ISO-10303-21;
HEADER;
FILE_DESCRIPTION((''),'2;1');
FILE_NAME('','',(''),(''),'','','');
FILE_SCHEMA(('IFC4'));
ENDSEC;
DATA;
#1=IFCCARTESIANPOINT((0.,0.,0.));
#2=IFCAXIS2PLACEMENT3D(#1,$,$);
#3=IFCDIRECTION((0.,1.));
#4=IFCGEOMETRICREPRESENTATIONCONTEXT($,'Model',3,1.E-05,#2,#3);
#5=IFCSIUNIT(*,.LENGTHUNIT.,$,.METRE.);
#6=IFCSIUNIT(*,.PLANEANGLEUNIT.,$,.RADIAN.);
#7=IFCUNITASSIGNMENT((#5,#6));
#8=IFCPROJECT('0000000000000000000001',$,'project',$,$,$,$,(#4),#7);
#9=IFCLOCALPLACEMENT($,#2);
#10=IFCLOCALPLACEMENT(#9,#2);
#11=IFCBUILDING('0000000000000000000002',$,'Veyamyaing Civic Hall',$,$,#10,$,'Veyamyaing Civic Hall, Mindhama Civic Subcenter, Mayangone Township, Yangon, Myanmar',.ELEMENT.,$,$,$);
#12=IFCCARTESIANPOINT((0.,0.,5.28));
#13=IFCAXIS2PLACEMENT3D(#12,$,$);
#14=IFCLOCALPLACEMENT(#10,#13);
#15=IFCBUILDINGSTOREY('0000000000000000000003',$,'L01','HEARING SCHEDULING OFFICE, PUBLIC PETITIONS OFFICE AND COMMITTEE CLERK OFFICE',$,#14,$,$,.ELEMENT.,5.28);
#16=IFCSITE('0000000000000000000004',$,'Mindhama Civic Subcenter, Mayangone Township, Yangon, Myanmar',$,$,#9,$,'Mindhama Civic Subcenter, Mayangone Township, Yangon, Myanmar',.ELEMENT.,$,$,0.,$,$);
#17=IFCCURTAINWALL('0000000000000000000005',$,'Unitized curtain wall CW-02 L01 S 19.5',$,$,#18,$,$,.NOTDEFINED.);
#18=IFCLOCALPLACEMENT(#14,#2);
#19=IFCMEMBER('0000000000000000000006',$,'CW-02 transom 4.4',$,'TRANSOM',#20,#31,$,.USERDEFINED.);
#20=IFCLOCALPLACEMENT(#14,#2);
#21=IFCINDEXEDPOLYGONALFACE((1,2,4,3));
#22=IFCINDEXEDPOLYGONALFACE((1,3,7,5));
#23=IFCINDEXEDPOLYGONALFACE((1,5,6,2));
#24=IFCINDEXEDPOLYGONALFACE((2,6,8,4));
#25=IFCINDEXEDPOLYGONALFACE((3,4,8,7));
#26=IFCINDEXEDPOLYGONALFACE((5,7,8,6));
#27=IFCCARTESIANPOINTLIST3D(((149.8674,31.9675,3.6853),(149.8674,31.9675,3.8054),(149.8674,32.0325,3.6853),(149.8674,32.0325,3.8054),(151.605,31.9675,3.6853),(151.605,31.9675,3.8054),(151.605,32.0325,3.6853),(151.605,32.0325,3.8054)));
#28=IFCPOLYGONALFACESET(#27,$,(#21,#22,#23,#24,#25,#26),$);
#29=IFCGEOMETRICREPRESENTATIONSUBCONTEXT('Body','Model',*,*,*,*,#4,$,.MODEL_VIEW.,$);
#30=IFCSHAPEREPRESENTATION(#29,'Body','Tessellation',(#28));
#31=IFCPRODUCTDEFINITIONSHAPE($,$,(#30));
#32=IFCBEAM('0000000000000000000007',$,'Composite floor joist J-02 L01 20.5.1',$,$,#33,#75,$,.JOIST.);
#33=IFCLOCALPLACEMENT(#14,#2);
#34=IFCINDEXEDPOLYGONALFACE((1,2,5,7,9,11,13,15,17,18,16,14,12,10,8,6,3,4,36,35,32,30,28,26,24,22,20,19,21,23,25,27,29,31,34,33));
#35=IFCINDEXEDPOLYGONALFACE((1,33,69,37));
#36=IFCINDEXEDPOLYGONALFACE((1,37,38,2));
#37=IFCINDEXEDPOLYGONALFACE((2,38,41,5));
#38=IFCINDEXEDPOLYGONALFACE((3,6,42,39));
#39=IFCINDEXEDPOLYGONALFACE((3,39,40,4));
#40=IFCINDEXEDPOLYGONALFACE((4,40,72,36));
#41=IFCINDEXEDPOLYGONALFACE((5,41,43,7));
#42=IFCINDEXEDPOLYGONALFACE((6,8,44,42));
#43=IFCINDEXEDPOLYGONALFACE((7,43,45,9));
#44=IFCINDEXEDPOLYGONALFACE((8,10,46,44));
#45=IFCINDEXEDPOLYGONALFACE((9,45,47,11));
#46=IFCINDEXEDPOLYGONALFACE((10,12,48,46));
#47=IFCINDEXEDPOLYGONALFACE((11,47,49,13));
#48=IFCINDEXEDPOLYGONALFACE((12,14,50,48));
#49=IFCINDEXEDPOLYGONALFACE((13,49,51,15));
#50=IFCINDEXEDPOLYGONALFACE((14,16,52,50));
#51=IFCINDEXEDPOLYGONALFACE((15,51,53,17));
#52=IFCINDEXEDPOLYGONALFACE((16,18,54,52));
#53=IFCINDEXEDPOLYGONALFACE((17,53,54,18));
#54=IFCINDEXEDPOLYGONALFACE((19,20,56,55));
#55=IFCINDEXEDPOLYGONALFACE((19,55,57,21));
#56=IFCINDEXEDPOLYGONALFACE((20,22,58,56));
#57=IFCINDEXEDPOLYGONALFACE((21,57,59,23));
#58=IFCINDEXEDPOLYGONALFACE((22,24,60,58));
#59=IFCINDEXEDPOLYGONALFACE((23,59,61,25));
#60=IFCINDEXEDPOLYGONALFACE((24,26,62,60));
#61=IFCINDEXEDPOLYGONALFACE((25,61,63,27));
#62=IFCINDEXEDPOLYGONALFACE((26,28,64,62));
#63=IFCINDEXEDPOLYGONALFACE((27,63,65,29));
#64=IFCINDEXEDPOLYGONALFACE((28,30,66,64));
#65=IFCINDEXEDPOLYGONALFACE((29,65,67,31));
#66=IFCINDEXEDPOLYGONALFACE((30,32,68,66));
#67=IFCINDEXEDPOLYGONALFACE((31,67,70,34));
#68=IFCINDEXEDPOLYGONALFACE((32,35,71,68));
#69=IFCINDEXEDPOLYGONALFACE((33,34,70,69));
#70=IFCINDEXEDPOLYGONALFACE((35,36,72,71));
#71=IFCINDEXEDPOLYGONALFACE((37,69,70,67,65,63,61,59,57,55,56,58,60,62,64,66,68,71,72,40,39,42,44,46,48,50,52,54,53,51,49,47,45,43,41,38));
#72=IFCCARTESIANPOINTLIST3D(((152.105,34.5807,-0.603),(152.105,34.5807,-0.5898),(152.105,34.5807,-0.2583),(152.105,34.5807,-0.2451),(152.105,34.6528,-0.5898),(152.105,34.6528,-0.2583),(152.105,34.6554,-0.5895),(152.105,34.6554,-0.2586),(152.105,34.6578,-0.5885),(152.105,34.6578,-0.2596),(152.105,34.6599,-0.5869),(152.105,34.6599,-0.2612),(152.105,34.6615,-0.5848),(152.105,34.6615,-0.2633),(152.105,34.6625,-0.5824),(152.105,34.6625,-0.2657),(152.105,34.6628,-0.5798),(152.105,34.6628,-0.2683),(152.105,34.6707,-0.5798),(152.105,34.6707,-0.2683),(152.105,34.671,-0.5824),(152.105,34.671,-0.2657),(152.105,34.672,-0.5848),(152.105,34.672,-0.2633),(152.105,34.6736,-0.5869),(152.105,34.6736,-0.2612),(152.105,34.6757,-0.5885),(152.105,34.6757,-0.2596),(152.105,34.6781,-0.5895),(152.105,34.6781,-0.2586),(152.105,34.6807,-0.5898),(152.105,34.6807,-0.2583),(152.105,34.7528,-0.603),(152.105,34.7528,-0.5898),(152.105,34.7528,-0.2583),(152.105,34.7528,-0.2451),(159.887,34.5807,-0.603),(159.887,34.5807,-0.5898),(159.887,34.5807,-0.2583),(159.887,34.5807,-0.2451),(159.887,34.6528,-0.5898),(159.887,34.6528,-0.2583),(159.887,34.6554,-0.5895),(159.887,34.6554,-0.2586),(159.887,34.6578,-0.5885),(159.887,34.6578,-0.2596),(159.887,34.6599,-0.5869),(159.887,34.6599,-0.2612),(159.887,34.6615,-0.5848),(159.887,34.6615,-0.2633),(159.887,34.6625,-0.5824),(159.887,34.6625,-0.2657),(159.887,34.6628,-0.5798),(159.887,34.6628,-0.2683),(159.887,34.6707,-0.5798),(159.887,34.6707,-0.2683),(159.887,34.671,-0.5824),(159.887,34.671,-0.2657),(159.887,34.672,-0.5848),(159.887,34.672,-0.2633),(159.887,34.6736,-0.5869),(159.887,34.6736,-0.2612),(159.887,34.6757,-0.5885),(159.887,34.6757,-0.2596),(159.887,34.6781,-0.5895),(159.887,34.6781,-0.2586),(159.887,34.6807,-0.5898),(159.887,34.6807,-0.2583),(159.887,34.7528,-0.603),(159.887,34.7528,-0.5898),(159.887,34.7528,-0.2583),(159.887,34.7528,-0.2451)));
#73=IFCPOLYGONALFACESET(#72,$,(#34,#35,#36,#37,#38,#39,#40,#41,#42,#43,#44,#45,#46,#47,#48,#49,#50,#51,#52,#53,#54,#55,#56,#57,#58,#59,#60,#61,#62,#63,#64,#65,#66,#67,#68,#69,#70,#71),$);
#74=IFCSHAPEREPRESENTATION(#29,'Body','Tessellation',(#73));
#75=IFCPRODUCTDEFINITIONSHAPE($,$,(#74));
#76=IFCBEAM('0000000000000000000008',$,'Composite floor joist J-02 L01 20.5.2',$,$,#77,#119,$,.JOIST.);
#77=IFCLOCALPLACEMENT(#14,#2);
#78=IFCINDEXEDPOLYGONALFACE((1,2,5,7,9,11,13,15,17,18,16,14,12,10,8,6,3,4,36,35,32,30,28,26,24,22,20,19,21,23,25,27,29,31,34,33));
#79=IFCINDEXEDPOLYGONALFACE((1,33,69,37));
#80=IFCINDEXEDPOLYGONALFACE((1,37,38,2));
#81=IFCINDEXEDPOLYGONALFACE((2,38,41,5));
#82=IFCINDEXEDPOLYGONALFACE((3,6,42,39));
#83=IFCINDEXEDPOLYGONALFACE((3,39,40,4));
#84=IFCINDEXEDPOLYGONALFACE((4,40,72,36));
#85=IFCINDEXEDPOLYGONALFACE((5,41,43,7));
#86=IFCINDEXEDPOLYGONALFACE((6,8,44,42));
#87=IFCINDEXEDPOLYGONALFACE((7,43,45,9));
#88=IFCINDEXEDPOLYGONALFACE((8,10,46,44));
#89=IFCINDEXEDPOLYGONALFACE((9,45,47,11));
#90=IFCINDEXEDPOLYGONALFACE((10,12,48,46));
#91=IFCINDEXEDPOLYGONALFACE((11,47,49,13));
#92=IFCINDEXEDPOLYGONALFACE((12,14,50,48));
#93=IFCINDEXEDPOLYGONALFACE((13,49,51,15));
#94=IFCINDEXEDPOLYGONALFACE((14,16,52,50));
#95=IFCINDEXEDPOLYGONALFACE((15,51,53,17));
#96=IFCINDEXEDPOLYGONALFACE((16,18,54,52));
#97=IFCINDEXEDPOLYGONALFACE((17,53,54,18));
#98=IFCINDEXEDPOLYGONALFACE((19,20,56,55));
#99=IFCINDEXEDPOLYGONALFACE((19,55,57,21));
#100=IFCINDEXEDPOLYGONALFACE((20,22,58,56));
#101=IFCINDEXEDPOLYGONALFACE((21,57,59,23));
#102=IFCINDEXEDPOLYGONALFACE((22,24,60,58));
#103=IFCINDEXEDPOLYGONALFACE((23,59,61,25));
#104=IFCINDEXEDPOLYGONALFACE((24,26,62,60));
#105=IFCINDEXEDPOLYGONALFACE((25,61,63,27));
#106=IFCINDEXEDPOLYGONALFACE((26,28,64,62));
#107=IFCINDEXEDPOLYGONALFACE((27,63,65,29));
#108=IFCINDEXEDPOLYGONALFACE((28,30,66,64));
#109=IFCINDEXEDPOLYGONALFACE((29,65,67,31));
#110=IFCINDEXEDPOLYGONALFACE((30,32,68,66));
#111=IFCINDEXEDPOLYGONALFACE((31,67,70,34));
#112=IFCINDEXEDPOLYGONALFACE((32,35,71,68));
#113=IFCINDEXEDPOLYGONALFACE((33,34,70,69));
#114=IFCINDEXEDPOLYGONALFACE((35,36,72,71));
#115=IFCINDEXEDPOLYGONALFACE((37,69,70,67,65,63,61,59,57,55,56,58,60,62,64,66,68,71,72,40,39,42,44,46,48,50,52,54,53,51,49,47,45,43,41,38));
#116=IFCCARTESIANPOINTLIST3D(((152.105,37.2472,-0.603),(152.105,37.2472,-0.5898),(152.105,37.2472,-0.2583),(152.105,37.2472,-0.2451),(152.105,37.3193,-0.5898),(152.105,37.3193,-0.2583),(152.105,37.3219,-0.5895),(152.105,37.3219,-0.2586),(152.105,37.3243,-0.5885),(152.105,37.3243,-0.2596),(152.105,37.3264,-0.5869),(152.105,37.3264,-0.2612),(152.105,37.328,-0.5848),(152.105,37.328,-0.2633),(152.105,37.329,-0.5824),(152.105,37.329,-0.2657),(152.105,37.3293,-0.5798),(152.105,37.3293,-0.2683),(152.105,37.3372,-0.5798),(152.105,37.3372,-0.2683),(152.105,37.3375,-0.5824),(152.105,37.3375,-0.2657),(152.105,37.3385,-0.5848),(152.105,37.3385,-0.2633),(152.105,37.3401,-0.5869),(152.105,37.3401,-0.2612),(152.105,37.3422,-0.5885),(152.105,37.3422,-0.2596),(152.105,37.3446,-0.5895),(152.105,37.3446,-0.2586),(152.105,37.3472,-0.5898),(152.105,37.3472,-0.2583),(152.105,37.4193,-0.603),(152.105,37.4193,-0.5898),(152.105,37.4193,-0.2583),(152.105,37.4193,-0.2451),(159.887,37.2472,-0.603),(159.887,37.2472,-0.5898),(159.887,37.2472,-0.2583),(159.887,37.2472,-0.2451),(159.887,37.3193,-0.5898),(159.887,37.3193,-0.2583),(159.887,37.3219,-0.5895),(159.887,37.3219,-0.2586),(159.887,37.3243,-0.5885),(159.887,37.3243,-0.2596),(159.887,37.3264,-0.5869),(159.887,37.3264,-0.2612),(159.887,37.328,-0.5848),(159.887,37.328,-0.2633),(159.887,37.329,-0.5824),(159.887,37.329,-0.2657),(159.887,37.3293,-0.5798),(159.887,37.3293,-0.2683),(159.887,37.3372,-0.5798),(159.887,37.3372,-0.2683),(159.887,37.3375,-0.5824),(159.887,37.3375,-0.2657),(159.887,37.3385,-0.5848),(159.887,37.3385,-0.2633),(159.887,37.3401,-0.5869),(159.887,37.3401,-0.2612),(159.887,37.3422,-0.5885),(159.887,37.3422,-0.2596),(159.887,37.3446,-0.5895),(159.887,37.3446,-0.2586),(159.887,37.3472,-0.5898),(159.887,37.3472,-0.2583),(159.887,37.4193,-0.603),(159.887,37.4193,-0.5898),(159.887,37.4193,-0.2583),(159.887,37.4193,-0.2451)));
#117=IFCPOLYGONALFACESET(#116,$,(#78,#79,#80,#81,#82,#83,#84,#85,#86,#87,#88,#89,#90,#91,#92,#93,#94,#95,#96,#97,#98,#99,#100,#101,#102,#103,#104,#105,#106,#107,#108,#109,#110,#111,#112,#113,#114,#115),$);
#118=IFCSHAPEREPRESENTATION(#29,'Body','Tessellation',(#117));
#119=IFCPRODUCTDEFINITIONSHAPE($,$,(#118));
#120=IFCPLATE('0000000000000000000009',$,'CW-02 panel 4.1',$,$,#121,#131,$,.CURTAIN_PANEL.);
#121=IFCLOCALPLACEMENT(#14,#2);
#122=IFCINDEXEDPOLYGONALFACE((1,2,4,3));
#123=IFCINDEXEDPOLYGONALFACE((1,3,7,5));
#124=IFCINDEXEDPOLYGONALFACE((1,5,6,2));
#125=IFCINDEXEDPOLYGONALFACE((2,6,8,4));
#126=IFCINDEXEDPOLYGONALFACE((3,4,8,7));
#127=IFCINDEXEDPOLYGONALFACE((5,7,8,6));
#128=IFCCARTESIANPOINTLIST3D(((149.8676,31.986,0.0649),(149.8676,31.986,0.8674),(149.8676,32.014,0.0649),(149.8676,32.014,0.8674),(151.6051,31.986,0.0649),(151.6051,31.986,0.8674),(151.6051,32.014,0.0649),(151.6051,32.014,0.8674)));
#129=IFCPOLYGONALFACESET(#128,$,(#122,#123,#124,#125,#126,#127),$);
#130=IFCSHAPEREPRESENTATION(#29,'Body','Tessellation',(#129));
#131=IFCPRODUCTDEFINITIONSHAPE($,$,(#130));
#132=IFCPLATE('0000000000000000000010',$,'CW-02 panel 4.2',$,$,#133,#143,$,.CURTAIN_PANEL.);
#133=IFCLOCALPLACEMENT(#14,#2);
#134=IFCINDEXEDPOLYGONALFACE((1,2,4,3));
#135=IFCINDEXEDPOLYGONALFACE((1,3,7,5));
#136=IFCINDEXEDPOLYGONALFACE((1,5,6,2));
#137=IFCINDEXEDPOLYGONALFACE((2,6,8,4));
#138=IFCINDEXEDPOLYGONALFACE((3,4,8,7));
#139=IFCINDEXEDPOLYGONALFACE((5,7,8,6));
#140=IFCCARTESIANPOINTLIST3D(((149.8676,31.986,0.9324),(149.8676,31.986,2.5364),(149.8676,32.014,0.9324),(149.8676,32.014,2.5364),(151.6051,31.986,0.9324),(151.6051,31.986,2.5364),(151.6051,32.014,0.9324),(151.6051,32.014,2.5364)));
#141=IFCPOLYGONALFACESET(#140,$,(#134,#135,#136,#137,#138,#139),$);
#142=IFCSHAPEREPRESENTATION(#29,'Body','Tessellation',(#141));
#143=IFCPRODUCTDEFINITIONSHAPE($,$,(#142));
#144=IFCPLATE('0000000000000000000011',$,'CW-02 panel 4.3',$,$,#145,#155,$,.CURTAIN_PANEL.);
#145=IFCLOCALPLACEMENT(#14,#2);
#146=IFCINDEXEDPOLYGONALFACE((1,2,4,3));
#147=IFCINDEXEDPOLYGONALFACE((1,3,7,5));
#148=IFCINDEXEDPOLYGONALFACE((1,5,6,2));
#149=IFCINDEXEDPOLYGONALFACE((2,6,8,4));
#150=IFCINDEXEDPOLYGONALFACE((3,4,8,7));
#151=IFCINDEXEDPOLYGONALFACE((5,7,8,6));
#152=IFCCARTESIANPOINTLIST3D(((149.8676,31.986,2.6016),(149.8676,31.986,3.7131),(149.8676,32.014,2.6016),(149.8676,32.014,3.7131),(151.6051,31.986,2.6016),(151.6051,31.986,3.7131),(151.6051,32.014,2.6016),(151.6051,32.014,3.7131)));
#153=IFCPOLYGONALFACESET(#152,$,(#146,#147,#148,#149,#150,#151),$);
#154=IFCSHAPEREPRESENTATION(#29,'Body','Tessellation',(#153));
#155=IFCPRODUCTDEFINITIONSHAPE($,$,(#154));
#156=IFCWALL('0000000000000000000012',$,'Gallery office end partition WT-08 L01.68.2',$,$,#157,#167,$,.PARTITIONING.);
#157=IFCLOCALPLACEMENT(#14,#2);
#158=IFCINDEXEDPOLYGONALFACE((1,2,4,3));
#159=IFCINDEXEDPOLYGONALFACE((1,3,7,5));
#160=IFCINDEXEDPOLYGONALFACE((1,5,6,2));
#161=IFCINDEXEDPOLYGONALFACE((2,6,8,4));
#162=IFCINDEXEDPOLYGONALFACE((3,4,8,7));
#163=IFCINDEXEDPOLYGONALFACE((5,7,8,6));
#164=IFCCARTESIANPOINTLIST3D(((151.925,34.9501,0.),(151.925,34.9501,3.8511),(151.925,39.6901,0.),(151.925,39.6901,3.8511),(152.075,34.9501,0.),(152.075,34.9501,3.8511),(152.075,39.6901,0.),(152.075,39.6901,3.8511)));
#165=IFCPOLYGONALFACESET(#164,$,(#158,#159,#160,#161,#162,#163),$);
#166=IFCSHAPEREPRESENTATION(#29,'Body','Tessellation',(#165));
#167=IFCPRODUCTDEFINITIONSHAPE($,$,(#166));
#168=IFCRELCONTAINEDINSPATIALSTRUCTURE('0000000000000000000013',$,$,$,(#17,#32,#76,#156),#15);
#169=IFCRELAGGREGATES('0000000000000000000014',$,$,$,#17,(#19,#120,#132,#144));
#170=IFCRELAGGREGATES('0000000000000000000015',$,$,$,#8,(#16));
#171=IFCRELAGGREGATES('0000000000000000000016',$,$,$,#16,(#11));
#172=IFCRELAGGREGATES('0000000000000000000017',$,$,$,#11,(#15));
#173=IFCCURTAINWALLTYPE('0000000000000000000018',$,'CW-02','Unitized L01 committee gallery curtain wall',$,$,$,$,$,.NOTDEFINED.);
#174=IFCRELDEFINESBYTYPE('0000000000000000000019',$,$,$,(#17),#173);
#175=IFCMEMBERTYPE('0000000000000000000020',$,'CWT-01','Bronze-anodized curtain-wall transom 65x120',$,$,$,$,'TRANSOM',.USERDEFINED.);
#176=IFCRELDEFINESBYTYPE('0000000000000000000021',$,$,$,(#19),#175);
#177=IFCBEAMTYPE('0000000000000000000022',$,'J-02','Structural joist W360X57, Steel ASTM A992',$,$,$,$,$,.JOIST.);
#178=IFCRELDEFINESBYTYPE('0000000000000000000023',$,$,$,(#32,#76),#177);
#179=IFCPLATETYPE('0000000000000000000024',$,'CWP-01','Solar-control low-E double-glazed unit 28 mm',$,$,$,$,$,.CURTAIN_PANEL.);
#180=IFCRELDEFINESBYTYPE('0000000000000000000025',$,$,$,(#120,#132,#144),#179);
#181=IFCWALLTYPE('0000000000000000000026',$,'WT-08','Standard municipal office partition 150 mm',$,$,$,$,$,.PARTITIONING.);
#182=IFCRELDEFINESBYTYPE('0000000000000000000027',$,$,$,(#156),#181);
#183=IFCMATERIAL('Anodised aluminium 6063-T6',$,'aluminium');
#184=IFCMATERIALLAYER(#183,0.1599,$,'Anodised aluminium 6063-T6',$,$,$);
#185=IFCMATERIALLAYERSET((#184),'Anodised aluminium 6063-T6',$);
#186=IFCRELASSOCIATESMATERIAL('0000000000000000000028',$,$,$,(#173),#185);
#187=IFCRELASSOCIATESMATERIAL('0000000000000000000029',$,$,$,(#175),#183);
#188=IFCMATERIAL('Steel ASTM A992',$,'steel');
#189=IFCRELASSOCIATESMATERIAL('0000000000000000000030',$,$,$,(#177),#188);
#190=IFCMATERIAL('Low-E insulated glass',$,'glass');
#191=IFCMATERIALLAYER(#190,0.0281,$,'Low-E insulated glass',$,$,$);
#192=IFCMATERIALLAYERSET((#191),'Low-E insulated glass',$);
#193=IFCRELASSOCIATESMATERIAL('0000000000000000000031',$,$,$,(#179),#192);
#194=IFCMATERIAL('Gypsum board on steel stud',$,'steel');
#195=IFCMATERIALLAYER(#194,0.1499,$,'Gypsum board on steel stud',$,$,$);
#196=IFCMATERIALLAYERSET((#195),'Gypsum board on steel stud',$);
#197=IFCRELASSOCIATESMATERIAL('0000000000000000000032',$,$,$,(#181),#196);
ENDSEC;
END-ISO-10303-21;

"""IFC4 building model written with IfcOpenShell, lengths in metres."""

from ifc_helpers import new_model, si_unit, direction, frame, frame_2d, origin, origin_2d, place, context, subcontext, project, spatial, rectangle, i_section, extrude, material, layer, layer_set, material_profile, profile_set, type_object, element, aggregate, save


model = new_model("IFC4")

# Units and contexts
model_context = context("Model", 3, precision=1e-05, world=origin(), true_north=direction((0.0, 1.0)))
body_context = subcontext(model_context, "Body", "Model", "MODEL_VIEW")
ifc_project = project(units=[si_unit("LENGTHUNIT", "METRE"), si_unit("PLANEANGLEUNIT", "RADIAN")], contexts=[model_context])

# Site, building, storey
site_placement = place(None, origin())
site = spatial("IfcSite", under=ifc_project, at=site_placement, Name="Mindhama Civic Subcenter, Mayangone Township, Yangon, Myanmar", LongName="Mindhama Civic Subcenter, Mayangone Township, Yangon, Myanmar", CompositionType="ELEMENT", RefElevation=0.0)
building_placement = place(site_placement, origin())
building = spatial("IfcBuilding", under=site, at=building_placement, Name="Veyamyaing Civic Hall", LongName="Veyamyaing Civic Hall, Mindhama Civic Subcenter, Mayangone Township, Yangon, Myanmar", CompositionType="ELEMENT")
storey_placement = place(building_placement, frame((0.0, 0.0, 5.28)))
storey = spatial("IfcBuildingStorey", under=building, at=storey_placement, Name="L01", Description="HEARING SCHEDULING OFFICE, PUBLIC PETITIONS OFFICE AND COMMITTEE CLERK OFFICE", CompositionType="ELEMENT", Elevation=5.28)

# Shared definitions
ifc_material_1 = material(Name="Steel ASTM A992", Category="steel")

# Curtain wall, member
ifc_material_2 = material(Name="Anodised aluminium 6063-T6", Category="aluminium")
ifc_layer_1 = layer(ifc_material_2, 0.1599, Name="Anodised aluminium 6063-T6")
ifc_layer_set_1 = layer_set([ifc_layer_1], Name="Anodised aluminium 6063-T6")
curtain_wall_type = type_object("IfcCurtainWallType", Name="CW-02", Description="Unitized L01 committee gallery curtain wall", PredefinedType="NOTDEFINED", material=ifc_layer_set_1)
curtain_wall_placement = place(storey_placement, origin())
curtain_wall = element("IfcCurtainWall", 1, at=curtain_wall_placement, inside=storey, type_object=curtain_wall_type, Name="Unitized curtain wall CW-02 L01 S 19.5", PredefinedType="NOTDEFINED")
ifc_material_profile_1 = material_profile(ifc_material_2, rectangle(XDim=0.0649, YDim=0.1201, at=origin_2d()), Name="ALU-TRN-65X120")
ifc_profile_set_1 = profile_set([ifc_material_profile_1], Name="Anodised aluminium 6063-T6")
member_type_1 = type_object("IfcMemberType", Name="CWT-01", Description="Bronze-anodized curtain-wall transom 65x120", ElementType="TRANSOM", PredefinedType="USERDEFINED", material=ifc_profile_set_1)
member_1_placement = place(storey_placement, frame((149.8674, 32.0, 3.7454), z_axis=(1.0, 0.0, 0.0), x_axis=(0.0, 1.0, 0.0)))
member_1 = element("IfcMember", 2, at=member_1_placement, type_object=member_type_1, Name="CW-02 transom 4.4", ObjectType="TRANSOM", PredefinedType="USERDEFINED", context=body_context, shape_type="SweptSolid", body=[
    extrude(rectangle(XDim=0.0649, YDim=0.1201, at=origin_2d()), origin(), (0.0, 0.0, 1.0), 1.7375),
])

# Beams
ifc_material_profile_2 = material_profile(ifc_material_1, i_section(OverallWidth=0.1721, OverallDepth=0.3579, WebThickness=0.0078, FlangeThickness=0.0132, FilletRadius=0.01, at=origin_2d()), Name="W360X57")
ifc_profile_set_2 = profile_set([ifc_material_profile_2], Name="Steel ASTM A992")
beam_type_1 = type_object("IfcBeamType", Name="J-02", Description="Structural joist W360X57, Steel ASTM A992", PredefinedType="JOIST", material=ifc_profile_set_2)
for number, where, z_axis, x_axis, name in (
    (3, (152.105, 34.6667, -0.4241), (1.0, 0.0, 0.0), (0.0, 1.0, 0.0), "Composite floor joist J-02 L01 20.5.1"),
    (4, (152.105, 37.3333, -0.4241), (1.0, 0.0, 0.0), (0.0, 1.0, 0.0), "Composite floor joist J-02 L01 20.5.2"),
):
    element("IfcBeam", number, at=place(storey_placement, frame(where, z_axis=z_axis, x_axis=x_axis)), inside=storey, type_object=beam_type_1, Name=name, PredefinedType="JOIST", context=body_context, shape_type="SweptSolid", body=[
        extrude(i_section(OverallWidth=0.1721, OverallDepth=0.3579, WebThickness=0.0078, FlangeThickness=0.0132, FilletRadius=0.01, at=origin_2d()), origin(), (0.0, 0.0, 1.0), 7.782),
    ])

# Plates
ifc_material_3 = material(Name="Low-E insulated glass", Category="glass")
ifc_layer_2 = layer(ifc_material_3, 0.0281, Name="Low-E insulated glass")
ifc_layer_set_2 = layer_set([ifc_layer_2], Name="Low-E insulated glass")
plate_type = type_object("IfcPlateType", Name="CWP-01", Description="Solar-control low-E double-glazed unit 28 mm", PredefinedType="CURTAIN_PANEL", material=ifc_layer_set_2)
plate_1_placement = place(storey_placement, frame((150.7363, 32.0, 0.0649), z_axis=(0.0, 0.0, 1.0), x_axis=(1.0, 0.0, 0.0)))
plate_1 = element("IfcPlate", 5, at=plate_1_placement, type_object=plate_type, Name="CW-02 panel 4.1", PredefinedType="CURTAIN_PANEL", context=body_context, shape_type="SweptSolid", body=[
    extrude(rectangle(XDim=1.7375, YDim=0.0281, at=origin_2d()), origin(), (0.0, 0.0, 1.0), 0.8025),
])
plate_2_placement = place(storey_placement, frame((150.7363, 32.0, 0.9324), z_axis=(0.0, 0.0, 1.0), x_axis=(1.0, 0.0, 0.0)))
plate_2 = element("IfcPlate", 6, at=plate_2_placement, type_object=plate_type, Name="CW-02 panel 4.2", PredefinedType="CURTAIN_PANEL", context=body_context, shape_type="SweptSolid", body=[
    extrude(rectangle(XDim=1.7375, YDim=0.0281, at=origin_2d()), origin(), (0.0, 0.0, 1.0), 1.604),
])
plate_3_placement = place(storey_placement, frame((150.7363, 32.0, 2.6016), z_axis=(0.0, 0.0, 1.0), x_axis=(1.0, 0.0, 0.0)))
plate_3 = element("IfcPlate", 7, at=plate_3_placement, type_object=plate_type, Name="CW-02 panel 4.3", PredefinedType="CURTAIN_PANEL", context=body_context, shape_type="SweptSolid", body=[
    extrude(rectangle(XDim=1.7375, YDim=0.0281, at=origin_2d()), origin(), (0.0, 0.0, 1.0), 1.1116),
])
aggregate(curtain_wall, [member_1, plate_1, plate_2, plate_3])

# Wall
ifc_material_4 = material(Name="Gypsum board on steel stud", Category="steel")
ifc_layer_3 = layer(ifc_material_4, 0.1499, Name="Gypsum board on steel stud")
ifc_layer_set_3 = layer_set([ifc_layer_3], Name="Gypsum board on steel stud")
wall_type_1 = type_object("IfcWallType", Name="WT-08", Description="Standard municipal office partition 150 mm", PredefinedType="PARTITIONING", material=ifc_layer_set_3)
wall_1_placement = place(storey_placement, frame((152.0, 34.95, 0.0), z_axis=(0.0, 0.0, 1.0), x_axis=(0.0, 1.0, 0.0)))
element("IfcWall", 8, at=wall_1_placement, inside=storey, type_object=wall_type_1, Name="Gallery office end partition WT-08 L01.68.2", PredefinedType="PARTITIONING", context=body_context, shape_type="SweptSolid", body=[
    extrude(rectangle(XDim=4.74, YDim=0.1499, at=frame_2d((2.3701, 0.0))), origin(), (0.0, 0.0, 1.0), 3.8511),
])

save(model, "model.ifc")
